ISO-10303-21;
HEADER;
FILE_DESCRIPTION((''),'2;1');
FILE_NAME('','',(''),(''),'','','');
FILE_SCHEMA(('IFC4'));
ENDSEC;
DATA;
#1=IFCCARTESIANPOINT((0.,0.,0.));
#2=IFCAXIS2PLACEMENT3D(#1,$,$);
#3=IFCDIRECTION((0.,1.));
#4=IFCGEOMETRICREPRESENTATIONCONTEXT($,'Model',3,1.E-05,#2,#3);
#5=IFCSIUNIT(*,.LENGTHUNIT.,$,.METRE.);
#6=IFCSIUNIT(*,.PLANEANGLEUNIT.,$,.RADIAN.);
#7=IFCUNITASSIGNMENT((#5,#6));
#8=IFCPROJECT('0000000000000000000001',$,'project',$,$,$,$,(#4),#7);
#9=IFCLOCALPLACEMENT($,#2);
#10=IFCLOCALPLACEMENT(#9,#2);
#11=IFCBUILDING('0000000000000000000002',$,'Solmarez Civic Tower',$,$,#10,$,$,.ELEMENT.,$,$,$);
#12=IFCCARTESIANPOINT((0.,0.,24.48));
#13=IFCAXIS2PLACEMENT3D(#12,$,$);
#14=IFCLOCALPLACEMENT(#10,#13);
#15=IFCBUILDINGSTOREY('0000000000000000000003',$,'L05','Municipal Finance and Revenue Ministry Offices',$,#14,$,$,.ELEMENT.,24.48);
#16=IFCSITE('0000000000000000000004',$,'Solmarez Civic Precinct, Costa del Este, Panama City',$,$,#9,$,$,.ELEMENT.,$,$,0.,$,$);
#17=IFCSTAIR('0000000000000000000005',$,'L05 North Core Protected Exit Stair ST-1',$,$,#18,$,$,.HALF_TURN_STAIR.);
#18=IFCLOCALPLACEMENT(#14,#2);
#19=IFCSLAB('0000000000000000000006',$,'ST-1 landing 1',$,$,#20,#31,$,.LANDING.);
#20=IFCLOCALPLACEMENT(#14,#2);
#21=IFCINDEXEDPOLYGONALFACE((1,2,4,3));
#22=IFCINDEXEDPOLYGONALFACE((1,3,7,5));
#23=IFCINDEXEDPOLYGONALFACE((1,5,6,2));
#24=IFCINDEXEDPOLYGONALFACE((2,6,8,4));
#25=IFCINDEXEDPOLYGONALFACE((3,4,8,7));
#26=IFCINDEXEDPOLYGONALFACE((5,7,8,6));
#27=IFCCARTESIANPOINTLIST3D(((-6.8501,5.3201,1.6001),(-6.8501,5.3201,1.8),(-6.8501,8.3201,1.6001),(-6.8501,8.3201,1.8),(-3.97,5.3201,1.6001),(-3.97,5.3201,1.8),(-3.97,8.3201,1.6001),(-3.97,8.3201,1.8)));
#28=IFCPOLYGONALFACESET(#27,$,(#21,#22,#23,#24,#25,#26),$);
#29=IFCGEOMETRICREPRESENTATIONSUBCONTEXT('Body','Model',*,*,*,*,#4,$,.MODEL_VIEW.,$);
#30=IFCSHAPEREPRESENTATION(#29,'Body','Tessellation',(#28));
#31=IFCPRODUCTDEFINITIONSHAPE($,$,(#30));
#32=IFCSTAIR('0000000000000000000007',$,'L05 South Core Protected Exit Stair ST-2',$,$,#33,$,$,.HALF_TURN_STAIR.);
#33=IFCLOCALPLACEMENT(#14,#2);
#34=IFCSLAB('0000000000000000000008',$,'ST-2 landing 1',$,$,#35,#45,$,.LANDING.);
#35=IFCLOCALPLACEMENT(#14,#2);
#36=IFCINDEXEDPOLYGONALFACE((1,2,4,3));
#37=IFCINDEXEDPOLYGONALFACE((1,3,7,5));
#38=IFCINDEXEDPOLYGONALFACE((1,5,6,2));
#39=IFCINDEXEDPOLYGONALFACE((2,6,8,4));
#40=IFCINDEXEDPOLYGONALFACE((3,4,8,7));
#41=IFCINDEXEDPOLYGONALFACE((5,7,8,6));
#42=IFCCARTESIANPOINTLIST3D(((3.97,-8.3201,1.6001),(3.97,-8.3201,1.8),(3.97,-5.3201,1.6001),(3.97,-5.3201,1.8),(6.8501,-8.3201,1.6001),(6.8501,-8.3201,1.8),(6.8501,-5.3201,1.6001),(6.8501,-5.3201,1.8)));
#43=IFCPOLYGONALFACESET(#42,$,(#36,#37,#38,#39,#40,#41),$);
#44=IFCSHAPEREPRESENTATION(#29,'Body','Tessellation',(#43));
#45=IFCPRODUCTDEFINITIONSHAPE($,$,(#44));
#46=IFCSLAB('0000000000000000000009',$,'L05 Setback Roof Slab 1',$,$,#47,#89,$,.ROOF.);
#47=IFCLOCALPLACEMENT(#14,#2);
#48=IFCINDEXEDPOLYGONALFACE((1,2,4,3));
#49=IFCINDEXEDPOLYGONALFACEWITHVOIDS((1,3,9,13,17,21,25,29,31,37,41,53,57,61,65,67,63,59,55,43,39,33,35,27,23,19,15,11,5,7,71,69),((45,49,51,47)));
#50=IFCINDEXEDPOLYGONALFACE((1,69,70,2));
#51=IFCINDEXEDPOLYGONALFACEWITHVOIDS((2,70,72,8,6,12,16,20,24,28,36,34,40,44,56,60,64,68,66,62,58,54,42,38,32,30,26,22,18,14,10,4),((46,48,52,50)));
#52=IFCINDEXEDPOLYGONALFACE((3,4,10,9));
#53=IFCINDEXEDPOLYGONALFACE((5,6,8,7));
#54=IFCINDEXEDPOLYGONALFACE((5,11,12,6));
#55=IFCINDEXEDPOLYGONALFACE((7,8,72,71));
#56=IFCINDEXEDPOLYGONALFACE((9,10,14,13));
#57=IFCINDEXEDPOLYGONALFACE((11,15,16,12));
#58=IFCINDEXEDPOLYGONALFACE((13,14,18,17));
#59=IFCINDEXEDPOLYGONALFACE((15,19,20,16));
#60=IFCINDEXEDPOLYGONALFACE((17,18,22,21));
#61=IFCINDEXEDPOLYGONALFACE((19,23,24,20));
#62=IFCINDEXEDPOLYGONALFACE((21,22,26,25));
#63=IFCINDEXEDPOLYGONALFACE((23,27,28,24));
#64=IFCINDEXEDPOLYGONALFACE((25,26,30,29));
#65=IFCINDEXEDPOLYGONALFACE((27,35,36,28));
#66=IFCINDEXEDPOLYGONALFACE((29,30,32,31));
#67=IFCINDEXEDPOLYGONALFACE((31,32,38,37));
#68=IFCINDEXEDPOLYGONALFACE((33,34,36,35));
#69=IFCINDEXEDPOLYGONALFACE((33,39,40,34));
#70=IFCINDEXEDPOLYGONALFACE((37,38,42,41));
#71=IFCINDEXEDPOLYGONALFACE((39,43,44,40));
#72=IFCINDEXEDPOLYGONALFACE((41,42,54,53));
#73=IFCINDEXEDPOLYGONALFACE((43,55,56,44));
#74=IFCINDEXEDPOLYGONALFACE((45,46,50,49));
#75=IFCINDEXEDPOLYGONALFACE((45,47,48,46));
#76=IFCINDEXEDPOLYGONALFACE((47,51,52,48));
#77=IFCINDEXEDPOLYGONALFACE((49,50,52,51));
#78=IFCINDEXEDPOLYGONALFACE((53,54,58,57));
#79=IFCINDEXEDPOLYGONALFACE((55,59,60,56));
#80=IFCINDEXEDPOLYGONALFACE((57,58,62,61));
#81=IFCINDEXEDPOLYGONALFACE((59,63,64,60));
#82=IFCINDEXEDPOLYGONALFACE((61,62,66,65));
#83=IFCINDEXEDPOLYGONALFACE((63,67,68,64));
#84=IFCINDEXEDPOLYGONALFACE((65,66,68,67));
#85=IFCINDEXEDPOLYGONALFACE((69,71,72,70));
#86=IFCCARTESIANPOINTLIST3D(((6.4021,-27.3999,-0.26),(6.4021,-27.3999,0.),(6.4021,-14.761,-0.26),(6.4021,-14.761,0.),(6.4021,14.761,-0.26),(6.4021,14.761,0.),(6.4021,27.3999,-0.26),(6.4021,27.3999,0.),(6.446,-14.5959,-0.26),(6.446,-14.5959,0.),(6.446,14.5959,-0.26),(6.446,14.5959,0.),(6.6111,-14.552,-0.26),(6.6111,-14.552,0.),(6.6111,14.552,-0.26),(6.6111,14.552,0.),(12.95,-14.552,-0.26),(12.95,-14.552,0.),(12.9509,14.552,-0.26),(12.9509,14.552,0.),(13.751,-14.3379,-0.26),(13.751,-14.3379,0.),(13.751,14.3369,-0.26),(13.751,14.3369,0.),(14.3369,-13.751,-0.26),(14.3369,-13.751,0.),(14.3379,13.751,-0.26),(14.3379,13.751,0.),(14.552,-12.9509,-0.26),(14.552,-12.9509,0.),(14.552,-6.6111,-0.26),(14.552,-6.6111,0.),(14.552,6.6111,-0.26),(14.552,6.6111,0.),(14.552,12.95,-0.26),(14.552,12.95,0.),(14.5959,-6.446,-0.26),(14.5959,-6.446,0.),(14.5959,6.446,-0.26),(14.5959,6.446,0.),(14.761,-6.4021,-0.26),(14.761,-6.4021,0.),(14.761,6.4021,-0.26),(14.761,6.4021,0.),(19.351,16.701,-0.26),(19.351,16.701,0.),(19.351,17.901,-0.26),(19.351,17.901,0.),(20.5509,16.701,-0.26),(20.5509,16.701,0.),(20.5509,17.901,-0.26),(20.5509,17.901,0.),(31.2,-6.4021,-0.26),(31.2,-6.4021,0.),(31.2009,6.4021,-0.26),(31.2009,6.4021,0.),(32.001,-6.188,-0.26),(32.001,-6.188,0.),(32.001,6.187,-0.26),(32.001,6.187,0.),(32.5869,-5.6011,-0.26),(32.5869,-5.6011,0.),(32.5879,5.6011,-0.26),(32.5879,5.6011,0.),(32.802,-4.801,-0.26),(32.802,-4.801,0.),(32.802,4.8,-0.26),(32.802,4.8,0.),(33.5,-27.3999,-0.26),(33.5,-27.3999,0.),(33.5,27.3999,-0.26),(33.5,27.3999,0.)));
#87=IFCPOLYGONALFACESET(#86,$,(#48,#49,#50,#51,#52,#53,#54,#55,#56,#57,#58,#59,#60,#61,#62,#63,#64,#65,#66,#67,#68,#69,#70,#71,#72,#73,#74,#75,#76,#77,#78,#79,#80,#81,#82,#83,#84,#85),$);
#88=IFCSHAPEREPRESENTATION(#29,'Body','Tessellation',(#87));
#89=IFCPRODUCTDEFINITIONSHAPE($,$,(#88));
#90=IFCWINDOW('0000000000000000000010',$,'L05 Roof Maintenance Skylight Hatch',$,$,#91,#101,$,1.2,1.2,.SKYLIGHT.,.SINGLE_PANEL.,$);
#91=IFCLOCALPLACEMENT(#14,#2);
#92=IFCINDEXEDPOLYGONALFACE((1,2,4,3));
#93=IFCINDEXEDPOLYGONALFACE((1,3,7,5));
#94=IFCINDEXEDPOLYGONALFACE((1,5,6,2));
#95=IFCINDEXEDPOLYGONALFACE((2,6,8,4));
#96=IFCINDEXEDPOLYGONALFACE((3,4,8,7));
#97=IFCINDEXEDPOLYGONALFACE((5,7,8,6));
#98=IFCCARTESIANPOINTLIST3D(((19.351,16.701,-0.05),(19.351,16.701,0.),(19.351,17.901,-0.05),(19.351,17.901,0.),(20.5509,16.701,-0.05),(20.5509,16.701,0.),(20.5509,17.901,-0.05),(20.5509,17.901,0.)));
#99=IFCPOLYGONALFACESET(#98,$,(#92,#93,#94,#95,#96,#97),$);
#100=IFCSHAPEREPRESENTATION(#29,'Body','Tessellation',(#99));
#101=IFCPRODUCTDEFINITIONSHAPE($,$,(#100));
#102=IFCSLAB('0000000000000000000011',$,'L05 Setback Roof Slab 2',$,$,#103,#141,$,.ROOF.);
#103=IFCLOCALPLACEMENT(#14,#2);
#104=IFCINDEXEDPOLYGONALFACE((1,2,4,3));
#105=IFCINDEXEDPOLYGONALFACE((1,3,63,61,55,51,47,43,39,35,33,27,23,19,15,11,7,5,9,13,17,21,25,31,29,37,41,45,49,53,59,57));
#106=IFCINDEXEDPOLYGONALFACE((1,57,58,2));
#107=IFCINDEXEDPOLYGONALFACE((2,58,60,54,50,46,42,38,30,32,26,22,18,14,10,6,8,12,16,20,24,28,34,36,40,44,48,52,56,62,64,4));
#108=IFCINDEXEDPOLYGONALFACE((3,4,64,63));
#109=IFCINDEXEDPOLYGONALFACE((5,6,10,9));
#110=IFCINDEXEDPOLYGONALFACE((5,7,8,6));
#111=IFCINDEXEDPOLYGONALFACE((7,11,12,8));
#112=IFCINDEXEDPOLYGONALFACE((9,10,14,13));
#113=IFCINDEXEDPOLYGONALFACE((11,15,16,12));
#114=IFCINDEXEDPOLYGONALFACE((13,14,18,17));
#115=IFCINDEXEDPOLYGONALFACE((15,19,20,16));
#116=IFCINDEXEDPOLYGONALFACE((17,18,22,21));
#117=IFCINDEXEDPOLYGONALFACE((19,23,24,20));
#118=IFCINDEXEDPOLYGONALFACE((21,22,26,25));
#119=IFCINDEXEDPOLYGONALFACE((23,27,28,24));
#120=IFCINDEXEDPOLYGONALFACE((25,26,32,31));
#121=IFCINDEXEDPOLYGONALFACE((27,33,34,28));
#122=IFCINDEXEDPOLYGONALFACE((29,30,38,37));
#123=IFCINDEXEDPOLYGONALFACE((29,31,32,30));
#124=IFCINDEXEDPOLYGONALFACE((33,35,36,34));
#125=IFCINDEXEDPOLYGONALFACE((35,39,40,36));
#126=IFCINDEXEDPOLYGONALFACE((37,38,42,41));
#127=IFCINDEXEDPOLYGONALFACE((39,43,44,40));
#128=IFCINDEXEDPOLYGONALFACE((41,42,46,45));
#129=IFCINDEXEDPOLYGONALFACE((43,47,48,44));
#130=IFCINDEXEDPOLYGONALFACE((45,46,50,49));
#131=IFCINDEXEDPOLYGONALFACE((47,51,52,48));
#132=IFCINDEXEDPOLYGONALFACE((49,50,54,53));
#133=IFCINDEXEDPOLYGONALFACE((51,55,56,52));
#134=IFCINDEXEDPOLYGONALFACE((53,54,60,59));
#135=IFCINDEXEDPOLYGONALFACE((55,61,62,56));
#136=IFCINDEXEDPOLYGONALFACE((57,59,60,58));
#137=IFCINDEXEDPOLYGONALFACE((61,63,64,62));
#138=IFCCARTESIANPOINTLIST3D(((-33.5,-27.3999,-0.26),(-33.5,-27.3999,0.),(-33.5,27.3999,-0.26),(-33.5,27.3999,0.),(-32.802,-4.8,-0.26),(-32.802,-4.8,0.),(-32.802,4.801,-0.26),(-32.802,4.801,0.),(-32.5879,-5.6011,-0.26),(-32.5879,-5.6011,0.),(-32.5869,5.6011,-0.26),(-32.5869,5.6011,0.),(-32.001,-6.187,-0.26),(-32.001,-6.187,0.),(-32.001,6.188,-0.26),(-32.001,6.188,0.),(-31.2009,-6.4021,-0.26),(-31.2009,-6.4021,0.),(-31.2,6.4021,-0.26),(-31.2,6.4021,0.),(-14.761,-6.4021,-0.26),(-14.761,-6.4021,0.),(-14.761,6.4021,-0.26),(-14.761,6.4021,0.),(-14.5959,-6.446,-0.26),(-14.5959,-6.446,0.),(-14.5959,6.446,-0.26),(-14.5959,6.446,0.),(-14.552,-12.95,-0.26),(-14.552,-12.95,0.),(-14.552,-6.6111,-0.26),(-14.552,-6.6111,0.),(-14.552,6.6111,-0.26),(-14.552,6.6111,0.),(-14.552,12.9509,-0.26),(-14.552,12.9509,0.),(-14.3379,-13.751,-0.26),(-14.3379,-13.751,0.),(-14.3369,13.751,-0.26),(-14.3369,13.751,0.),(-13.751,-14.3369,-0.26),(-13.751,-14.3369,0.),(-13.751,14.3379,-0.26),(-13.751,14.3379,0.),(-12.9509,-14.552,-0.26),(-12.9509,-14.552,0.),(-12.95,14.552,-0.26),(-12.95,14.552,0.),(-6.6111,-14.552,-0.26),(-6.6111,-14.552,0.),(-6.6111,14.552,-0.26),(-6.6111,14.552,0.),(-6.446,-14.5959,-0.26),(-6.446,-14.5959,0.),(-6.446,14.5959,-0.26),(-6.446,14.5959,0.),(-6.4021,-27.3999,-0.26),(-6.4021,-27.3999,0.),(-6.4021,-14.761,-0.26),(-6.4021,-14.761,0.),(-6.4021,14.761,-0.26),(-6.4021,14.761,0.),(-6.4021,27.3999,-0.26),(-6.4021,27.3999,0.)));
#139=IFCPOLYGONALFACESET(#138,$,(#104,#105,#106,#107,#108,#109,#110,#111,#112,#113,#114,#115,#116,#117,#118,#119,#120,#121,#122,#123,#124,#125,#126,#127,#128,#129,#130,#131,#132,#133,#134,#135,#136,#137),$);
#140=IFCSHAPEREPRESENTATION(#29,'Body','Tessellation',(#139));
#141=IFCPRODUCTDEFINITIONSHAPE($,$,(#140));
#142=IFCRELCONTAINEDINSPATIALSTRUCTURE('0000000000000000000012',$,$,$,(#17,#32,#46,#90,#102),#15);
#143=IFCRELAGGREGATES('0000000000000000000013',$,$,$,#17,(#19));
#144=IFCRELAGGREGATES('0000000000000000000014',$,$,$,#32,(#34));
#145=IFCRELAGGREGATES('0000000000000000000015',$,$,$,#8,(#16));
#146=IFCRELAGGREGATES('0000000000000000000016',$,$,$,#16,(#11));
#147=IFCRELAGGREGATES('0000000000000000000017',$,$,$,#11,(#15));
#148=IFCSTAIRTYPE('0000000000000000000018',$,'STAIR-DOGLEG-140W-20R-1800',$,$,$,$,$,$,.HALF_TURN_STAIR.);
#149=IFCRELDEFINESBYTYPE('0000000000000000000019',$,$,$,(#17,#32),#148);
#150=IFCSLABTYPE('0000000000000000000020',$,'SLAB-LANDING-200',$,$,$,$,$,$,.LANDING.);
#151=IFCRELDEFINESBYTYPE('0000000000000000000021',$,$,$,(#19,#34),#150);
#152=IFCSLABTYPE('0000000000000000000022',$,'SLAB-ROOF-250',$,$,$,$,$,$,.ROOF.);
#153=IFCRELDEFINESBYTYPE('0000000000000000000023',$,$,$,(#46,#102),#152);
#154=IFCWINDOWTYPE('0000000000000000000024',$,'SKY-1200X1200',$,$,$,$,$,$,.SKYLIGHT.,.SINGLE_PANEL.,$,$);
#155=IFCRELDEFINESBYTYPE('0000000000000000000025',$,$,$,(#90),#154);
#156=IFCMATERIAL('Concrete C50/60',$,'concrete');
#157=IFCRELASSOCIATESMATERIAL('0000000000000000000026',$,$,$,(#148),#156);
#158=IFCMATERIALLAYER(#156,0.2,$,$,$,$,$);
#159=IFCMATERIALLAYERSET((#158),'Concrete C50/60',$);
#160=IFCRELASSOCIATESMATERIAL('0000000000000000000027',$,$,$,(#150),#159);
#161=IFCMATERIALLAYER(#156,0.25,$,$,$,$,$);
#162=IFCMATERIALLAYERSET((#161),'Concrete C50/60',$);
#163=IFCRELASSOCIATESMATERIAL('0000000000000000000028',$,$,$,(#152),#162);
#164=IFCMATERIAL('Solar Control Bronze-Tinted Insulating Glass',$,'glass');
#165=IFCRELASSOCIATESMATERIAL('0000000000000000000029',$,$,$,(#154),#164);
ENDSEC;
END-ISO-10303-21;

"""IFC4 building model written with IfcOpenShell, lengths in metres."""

from ifc_helpers import new_model, si_unit, direction, frame, origin, origin_2d, place, context, subcontext, project, spatial, polyline, rectangle, outline, extrude, material, layer, layer_set, type_object, element, fill, aggregate, save


model = new_model("IFC4")

# Units and contexts
model_context = context("Model", 3, precision=1e-05, world=origin(), true_north=direction((0.0, 1.0)))
body_context = subcontext(model_context, "Body", "Model", "MODEL_VIEW")
ifc_project = project(units=[si_unit("LENGTHUNIT", "METRE"), si_unit("PLANEANGLEUNIT", "RADIAN")], contexts=[model_context])

# Site, building, storey
site_placement = place(None, origin())
site = spatial("IfcSite", under=ifc_project, at=site_placement, Name="Solmarez Civic Precinct, Costa del Este, Panama City", CompositionType="ELEMENT", RefElevation=0.0)
building_placement = place(site_placement, origin())
building = spatial("IfcBuilding", under=site, at=building_placement, Name="Solmarez Civic Tower", CompositionType="ELEMENT")
storey_placement = place(building_placement, frame((0.0, 0.0, 24.48)))
storey = spatial("IfcBuildingStorey", under=building, at=storey_placement, Name="L05", Description="Municipal Finance and Revenue Ministry Offices", CompositionType="ELEMENT", Elevation=24.48)

# Stairs, slabs
ifc_material_1 = material(Name="Concrete C50/60", Category="concrete")
stair_type = type_object("IfcStairType", Name="STAIR-DOGLEG-140W-20R-1800", PredefinedType="HALF_TURN_STAIR", material=ifc_material_1)
stair_1_placement = place(storey_placement, origin())
stair_1 = element("IfcStair", 1, at=stair_1_placement, inside=storey, type_object=stair_type, Name="L05 North Core Protected Exit Stair ST-1", PredefinedType="HALF_TURN_STAIR")
ifc_layer_1 = layer(ifc_material_1, 0.2)
ifc_layer_set_1 = layer_set([ifc_layer_1], Name="Concrete C50/60")
slab_type_1 = type_object("IfcSlabType", Name="SLAB-LANDING-200", PredefinedType="LANDING", material=ifc_layer_set_1)
slab_1_placement = place(storey_placement, frame((0.0, 0.0, 1.6001)))
slab_1 = element("IfcSlab", 2, at=slab_1_placement, type_object=slab_type_1, Name="ST-1 landing 1", PredefinedType="LANDING", context=body_context, shape_type="SweptSolid", body=[
    extrude(outline(polyline([(-3.97, 8.3201), (-6.8501, 8.3201), (-6.8501, 5.3201), (-3.97, 5.3201), (-3.97, 8.3201)])), origin(), (0.0, 0.0, 1.0), 0.2),
])
aggregate(stair_1, [slab_1])
stair_2_placement = place(storey_placement, origin())
stair_2 = element("IfcStair", 3, at=stair_2_placement, inside=storey, type_object=stair_type, Name="L05 South Core Protected Exit Stair ST-2", PredefinedType="HALF_TURN_STAIR")
slab_2_placement = place(storey_placement, frame((0.0, 0.0, 1.6001)))
slab_2 = element("IfcSlab", 4, at=slab_2_placement, type_object=slab_type_1, Name="ST-2 landing 1", PredefinedType="LANDING", context=body_context, shape_type="SweptSolid", body=[
    extrude(outline(polyline([(3.97, -8.3201), (6.8501, -8.3201), (6.8501, -5.3201), (3.97, -5.3201), (3.97, -8.3201)])), origin(), (0.0, 0.0, 1.0), 0.2),
])

# Slab, opening, window
ifc_layer_2 = layer(ifc_material_1, 0.25)
ifc_layer_set_2 = layer_set([ifc_layer_2], Name="Concrete C50/60")
slab_type_2 = type_object("IfcSlabType", Name="SLAB-ROOF-250", PredefinedType="ROOF", material=ifc_layer_set_2)
slab_3_placement = place(storey_placement, frame((0.0, 0.0, -0.26)))
slab_3 = element("IfcSlab", 5, at=slab_3_placement, inside=storey, type_object=slab_type_2, Name="L05 Setback Roof Slab 1", PredefinedType="ROOF", context=body_context, shape_type="SweptSolid", body=[
    extrude(outline(polyline([(6.4021, 27.3999), (6.4021, 14.761), (6.446, 14.5959), (6.6111, 14.552), (12.9509, 14.552), (13.751, 14.3369), (14.3379, 13.751), (14.552, 12.95), (14.552, 6.6111), (14.5959, 6.446), (14.761, 6.4021), (31.2009, 6.4021), (32.001, 6.187), (32.5879, 5.6011), (32.802, 4.8), (32.802, -4.801), (32.5869, -5.6011), (32.001, -6.188), (31.2, -6.4021), (14.761, -6.4021), (14.5959, -6.446), (14.552, -6.6111), (14.552, -12.9509), (14.3369, -13.751), (13.751, -14.3379), (12.95, -14.552), (6.6111, -14.552), (6.446, -14.5959), (6.4021, -14.761), (6.4021, -27.3999), (33.5, -27.3999), (33.5, 27.3999), (6.4021, 27.3999)])), origin(), (0.0, 0.0, 1.0), 0.26),
])
opening_placement = place(slab_3_placement, frame((19.9509, 17.301, 0.0)))
opening = element("IfcOpeningElement", 6, at=opening_placement, cuts=slab_3, PredefinedType="OPENING", context=body_context, shape_type="SweptSolid", body=[
    extrude(rectangle(XDim=1.2, YDim=1.2, at=origin_2d()), frame((0.0, 0.0, -0.01)), (0.0, 0.0, 1.0), 0.28),
])
ifc_material_2 = material(Name="Solar Control Bronze-Tinted Insulating Glass", Category="glass")
window_type = type_object("IfcWindowType", Name="SKY-1200X1200", PartitioningType="SINGLE_PANEL", PredefinedType="SKYLIGHT", material=ifc_material_2)
window_placement = place(opening_placement, frame((0.0, 0.0, 0.21)))
window = element("IfcWindow", 7, at=window_placement, inside=storey, type_object=window_type, Name="L05 Roof Maintenance Skylight Hatch", OverallHeight=1.2, OverallWidth=1.2, PartitioningType="SINGLE_PANEL", PredefinedType="SKYLIGHT", context=body_context, shape_type="SweptSolid", body=[
    extrude(rectangle(XDim=1.2, YDim=1.2, at=origin_2d()), origin(), (0.0, 0.0, 1.0), 0.05),
])
fill(opening, window)

# Slab
slab_4_placement = place(storey_placement, frame((0.0, 0.0, -0.26)))
element("IfcSlab", 8, at=slab_4_placement, inside=storey, type_object=slab_type_2, Name="L05 Setback Roof Slab 2", PredefinedType="ROOF", context=body_context, shape_type="SweptSolid", body=[
    extrude(outline(polyline([(-6.4021, -27.3999), (-6.4021, -14.761), (-6.446, -14.5959), (-6.6111, -14.552), (-12.9509, -14.552), (-13.751, -14.3369), (-14.3379, -13.751), (-14.552, -12.95), (-14.552, -6.6111), (-14.5959, -6.446), (-14.761, -6.4021), (-31.2009, -6.4021), (-32.001, -6.187), (-32.5879, -5.6011), (-32.802, -4.8), (-32.802, 4.801), (-32.5869, 5.6011), (-32.001, 6.188), (-31.2, 6.4021), (-14.761, 6.4021), (-14.5959, 6.446), (-14.552, 6.6111), (-14.552, 12.9509), (-14.3369, 13.751), (-13.751, 14.3379), (-12.95, 14.552), (-6.6111, 14.552), (-6.446, 14.5959), (-6.4021, 14.761), (-6.4021, 27.3999), (-33.5, 27.3999), (-33.5, -27.3999), (-6.4021, -27.3999)])), origin(), (0.0, 0.0, 1.0), 0.26),
])

aggregate(stair_2, [slab_2])

save(model, "model.ifc")
